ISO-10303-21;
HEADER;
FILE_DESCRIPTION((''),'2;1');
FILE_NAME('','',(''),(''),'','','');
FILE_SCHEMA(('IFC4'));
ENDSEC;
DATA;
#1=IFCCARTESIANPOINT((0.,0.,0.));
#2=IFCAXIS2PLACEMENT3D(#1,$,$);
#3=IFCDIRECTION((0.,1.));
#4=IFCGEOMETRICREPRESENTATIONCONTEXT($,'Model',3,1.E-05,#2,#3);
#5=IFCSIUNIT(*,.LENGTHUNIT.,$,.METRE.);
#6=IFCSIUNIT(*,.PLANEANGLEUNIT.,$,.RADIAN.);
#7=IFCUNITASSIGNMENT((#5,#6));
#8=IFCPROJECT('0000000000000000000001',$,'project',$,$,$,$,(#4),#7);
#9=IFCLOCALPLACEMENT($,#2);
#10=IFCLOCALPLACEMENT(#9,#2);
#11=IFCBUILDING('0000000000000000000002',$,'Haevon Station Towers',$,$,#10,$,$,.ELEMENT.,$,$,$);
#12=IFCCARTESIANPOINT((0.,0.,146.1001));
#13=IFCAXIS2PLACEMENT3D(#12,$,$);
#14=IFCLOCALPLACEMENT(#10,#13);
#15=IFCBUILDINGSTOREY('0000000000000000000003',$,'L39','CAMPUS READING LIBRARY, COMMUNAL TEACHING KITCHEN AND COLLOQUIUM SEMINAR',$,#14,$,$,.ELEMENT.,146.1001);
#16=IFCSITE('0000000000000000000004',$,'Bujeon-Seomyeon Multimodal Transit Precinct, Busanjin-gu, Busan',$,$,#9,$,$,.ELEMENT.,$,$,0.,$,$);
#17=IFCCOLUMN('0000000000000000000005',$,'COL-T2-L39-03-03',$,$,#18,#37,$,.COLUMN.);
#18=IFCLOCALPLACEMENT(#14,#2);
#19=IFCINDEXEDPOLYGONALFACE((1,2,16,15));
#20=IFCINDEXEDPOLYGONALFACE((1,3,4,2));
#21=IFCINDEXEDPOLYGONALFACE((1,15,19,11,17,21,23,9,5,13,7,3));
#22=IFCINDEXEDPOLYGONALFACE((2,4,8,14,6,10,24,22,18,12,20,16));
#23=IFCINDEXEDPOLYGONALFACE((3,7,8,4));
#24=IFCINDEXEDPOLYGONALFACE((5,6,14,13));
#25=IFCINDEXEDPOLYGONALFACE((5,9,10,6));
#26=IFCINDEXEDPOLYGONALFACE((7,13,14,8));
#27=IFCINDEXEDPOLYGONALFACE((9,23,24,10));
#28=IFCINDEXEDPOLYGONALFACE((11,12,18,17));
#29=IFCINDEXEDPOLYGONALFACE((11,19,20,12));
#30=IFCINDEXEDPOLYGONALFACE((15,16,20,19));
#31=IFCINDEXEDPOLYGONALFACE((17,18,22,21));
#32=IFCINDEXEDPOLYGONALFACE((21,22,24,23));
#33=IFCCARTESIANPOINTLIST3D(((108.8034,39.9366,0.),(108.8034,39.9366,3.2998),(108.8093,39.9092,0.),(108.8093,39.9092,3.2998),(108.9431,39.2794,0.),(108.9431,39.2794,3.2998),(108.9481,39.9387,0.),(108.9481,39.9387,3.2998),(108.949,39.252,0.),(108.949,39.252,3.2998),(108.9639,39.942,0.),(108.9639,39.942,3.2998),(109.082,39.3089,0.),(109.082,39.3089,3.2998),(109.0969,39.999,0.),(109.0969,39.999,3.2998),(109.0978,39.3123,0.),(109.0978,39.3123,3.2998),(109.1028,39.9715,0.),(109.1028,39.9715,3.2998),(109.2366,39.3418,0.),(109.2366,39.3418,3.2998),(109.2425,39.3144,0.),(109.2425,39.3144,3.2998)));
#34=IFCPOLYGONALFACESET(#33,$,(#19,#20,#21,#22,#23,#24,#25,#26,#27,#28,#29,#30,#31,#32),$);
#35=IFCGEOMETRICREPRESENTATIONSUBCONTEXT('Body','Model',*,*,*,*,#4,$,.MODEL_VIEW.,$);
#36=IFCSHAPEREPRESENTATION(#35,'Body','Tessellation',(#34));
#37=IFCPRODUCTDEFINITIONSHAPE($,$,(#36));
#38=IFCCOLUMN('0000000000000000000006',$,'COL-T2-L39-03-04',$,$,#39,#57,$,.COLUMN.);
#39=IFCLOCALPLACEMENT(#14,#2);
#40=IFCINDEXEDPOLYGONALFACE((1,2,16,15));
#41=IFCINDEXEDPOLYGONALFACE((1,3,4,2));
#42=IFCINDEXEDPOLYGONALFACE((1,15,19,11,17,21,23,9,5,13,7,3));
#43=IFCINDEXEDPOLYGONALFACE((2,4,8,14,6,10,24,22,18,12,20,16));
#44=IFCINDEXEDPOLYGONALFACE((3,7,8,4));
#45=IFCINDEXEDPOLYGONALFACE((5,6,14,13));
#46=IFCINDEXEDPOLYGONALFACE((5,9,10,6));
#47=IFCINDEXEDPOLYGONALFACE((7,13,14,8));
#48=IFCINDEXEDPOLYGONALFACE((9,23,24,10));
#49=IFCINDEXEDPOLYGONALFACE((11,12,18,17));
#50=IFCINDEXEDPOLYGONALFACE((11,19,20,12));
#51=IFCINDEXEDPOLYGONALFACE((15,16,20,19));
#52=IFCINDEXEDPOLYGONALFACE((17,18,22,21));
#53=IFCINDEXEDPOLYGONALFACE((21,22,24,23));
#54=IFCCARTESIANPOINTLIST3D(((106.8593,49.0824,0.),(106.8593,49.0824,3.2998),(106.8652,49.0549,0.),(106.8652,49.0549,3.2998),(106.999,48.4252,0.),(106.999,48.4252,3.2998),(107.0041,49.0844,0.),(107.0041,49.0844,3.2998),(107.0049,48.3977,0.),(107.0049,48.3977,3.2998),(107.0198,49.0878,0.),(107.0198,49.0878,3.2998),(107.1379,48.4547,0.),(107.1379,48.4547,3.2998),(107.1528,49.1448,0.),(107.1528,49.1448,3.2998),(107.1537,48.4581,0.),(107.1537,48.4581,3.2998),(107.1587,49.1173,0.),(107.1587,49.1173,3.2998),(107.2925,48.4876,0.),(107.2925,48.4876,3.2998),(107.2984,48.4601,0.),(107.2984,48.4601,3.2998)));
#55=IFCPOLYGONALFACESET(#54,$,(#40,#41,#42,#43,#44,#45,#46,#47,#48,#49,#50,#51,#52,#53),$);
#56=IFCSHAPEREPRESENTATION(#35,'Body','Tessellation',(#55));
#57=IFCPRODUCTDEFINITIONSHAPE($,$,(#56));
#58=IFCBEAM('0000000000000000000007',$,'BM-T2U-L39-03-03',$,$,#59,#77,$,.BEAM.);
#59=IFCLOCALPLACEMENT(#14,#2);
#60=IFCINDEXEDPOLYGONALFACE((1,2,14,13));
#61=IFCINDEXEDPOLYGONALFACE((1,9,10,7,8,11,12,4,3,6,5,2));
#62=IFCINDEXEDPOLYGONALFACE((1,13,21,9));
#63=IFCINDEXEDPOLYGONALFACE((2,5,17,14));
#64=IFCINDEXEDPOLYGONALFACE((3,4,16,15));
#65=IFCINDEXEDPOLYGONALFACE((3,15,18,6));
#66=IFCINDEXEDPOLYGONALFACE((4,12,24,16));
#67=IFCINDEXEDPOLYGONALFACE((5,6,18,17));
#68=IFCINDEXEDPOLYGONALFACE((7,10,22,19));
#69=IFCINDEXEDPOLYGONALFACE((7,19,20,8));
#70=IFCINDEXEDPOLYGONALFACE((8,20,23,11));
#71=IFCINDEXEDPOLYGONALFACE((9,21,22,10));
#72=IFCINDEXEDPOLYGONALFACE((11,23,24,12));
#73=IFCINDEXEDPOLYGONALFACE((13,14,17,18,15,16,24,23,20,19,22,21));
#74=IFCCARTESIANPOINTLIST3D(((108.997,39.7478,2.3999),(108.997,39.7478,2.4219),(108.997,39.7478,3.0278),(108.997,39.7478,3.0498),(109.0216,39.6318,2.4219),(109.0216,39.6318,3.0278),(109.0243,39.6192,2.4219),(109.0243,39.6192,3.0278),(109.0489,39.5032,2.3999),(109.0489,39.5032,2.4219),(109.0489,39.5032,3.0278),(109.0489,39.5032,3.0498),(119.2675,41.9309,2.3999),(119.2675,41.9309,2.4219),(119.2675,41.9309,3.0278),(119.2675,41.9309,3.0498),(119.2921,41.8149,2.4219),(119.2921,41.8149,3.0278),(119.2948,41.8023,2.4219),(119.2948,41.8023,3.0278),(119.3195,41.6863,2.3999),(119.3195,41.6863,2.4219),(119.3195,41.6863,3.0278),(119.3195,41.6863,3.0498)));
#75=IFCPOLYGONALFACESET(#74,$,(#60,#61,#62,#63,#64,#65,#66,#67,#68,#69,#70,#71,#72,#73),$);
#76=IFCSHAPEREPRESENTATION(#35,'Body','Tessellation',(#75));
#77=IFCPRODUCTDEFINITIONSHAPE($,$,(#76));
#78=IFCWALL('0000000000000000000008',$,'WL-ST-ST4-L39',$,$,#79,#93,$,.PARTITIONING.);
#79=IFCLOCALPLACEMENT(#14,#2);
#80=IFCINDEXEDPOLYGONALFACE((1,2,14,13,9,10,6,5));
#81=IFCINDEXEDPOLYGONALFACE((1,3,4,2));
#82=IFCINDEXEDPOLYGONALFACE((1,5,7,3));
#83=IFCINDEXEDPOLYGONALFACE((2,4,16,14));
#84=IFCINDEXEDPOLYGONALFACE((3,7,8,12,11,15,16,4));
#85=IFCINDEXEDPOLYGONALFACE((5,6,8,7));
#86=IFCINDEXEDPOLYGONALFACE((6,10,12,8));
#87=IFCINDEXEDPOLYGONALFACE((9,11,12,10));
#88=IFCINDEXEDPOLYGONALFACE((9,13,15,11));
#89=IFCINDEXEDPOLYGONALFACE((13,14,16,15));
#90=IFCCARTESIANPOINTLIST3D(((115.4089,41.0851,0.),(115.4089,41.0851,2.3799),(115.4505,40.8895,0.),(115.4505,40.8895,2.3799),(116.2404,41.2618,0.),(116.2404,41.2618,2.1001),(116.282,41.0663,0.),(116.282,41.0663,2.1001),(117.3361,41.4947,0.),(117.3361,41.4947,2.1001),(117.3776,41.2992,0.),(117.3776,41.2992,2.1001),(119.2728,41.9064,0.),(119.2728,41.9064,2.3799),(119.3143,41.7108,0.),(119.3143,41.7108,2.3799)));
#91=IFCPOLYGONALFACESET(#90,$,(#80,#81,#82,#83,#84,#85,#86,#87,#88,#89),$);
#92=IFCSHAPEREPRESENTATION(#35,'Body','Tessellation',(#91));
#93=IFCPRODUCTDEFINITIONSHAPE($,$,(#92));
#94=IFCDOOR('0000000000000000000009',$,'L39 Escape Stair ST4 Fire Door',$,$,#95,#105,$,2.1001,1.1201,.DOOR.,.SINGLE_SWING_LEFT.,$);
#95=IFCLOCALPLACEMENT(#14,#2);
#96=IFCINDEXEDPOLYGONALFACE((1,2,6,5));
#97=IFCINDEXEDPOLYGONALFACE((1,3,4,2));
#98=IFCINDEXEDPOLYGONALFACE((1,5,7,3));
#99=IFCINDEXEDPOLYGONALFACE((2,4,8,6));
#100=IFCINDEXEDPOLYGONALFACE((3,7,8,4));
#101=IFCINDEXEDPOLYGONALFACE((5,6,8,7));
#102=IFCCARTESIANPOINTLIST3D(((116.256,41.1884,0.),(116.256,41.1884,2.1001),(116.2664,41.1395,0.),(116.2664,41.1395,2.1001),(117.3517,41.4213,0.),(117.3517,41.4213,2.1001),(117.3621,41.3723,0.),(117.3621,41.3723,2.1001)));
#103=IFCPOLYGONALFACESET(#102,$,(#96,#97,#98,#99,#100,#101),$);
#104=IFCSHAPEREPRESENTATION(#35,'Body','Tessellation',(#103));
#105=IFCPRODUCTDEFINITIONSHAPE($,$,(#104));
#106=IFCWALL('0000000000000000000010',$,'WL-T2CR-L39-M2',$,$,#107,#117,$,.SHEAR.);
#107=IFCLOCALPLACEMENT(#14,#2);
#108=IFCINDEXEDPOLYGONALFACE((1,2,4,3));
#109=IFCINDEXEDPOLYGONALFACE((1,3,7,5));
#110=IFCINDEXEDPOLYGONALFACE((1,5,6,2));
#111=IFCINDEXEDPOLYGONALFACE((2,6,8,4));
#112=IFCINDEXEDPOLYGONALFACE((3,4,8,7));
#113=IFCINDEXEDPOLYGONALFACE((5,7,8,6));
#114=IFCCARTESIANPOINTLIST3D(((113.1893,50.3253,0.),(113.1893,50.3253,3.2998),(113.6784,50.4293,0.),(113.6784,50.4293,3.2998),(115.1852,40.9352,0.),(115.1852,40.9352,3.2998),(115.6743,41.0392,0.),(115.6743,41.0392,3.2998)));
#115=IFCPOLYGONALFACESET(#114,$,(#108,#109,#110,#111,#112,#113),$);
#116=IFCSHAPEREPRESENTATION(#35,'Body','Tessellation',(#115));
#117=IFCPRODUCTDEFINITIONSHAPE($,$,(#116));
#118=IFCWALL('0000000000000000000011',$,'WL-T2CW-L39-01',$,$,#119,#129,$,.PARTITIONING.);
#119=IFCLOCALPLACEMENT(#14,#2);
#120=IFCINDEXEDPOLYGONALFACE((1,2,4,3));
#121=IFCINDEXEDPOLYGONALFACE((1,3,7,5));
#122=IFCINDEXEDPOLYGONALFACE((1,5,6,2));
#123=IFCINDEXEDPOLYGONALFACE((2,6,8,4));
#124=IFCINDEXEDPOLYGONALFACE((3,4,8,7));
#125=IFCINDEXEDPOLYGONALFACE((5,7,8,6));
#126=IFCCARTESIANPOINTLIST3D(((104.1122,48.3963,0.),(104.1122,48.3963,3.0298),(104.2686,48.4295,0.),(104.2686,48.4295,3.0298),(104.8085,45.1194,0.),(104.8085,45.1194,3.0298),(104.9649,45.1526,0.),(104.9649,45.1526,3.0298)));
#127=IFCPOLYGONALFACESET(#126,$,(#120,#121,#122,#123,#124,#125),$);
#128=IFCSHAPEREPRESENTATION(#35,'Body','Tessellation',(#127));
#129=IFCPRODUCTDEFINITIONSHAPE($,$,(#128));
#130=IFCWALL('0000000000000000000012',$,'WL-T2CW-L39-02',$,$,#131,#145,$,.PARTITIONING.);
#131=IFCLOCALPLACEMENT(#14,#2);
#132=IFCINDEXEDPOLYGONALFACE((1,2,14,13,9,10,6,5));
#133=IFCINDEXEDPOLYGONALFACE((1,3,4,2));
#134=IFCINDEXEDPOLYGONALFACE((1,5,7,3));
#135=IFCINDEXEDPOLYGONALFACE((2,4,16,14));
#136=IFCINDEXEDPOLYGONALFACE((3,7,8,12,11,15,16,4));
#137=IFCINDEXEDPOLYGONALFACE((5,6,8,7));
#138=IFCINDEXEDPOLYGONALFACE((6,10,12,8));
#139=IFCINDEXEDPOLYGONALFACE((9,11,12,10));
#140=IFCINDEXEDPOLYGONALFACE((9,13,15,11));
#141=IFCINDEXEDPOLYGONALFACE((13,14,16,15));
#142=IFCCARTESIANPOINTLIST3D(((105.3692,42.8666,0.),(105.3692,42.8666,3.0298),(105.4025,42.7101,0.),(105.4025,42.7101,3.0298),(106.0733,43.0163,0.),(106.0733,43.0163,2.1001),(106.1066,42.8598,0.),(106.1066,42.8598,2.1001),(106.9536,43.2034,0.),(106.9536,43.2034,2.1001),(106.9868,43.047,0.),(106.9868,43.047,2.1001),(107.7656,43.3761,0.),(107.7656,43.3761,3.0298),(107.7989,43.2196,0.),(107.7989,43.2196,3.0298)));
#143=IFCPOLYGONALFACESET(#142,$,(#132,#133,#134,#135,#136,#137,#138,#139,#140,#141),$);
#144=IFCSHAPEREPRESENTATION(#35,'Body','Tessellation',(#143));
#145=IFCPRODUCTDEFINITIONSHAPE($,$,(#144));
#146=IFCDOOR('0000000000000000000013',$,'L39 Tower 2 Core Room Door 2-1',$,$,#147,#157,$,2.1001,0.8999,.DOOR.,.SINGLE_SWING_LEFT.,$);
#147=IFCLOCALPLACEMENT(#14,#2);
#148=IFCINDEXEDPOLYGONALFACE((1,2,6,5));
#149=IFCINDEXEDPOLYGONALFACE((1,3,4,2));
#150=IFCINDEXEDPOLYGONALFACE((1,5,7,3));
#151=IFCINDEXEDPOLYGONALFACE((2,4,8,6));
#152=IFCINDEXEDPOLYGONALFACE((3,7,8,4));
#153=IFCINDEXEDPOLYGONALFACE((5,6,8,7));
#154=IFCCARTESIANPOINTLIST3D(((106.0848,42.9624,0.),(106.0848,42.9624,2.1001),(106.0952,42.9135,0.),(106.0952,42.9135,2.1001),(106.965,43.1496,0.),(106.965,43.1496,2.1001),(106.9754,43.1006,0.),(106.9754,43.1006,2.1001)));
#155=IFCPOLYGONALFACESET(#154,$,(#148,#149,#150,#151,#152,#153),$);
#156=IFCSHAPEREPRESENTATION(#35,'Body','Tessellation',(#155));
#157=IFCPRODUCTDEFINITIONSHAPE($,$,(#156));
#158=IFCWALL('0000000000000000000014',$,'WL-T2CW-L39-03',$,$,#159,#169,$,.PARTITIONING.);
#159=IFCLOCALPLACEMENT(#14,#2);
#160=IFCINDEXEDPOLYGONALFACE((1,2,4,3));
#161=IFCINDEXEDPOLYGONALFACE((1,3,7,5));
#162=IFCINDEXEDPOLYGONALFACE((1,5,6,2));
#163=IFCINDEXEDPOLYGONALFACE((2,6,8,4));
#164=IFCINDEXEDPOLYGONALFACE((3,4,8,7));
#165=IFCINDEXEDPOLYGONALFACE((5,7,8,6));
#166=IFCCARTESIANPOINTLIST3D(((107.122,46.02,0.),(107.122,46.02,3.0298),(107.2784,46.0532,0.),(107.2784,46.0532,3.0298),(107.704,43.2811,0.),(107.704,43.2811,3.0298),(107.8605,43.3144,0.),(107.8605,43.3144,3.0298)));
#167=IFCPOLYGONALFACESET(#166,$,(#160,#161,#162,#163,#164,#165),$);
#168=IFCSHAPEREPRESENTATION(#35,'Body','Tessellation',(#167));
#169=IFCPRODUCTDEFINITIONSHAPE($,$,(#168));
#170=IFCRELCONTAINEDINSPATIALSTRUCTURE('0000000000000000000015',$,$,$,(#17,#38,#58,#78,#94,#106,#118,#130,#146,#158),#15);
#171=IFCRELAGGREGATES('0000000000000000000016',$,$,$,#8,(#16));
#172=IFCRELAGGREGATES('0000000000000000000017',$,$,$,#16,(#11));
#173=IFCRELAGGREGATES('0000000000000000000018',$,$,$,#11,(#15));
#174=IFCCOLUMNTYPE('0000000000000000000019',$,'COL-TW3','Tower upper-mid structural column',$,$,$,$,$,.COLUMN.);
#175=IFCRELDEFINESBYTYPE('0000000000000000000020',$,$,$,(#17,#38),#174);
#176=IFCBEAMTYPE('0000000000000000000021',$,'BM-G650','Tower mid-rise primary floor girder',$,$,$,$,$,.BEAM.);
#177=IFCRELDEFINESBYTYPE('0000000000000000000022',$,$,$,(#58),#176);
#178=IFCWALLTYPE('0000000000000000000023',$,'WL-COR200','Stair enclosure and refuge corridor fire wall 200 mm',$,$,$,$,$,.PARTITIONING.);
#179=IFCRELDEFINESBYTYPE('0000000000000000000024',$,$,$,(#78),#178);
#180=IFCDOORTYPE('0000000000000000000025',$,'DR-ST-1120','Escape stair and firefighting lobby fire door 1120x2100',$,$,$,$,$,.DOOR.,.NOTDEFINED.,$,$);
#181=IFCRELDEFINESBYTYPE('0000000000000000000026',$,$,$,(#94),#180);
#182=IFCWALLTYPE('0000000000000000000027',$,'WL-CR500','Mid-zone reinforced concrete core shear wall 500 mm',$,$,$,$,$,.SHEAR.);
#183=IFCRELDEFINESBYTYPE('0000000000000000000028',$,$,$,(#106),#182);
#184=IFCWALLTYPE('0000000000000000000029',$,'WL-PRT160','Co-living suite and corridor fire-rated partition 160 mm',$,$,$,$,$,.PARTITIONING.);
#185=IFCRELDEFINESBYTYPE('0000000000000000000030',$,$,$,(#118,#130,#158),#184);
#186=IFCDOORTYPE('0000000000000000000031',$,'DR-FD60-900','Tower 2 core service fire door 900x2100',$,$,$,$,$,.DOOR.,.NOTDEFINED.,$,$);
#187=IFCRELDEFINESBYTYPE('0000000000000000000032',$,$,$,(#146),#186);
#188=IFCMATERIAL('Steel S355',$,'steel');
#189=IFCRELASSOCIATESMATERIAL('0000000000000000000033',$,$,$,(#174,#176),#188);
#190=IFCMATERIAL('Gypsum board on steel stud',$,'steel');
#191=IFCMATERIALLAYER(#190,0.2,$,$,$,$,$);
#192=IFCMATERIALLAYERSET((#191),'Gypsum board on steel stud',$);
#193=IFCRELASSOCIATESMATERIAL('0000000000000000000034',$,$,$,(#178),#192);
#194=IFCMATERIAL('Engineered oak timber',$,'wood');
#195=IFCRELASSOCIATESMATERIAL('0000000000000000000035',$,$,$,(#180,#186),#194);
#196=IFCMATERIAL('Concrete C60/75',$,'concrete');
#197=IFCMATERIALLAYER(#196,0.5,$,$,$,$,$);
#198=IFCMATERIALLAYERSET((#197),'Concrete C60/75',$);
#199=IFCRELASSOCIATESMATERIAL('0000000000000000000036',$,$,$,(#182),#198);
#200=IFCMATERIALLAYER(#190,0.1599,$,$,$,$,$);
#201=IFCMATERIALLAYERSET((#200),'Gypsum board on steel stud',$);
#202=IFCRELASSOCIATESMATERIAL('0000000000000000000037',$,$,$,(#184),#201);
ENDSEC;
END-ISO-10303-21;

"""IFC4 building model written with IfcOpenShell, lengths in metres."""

from ifc_helpers import new_model, si_unit, direction, frame, frame_2d, origin, origin_2d, place, context, subcontext, project, spatial, rectangle, i_section, extrude, material, layer, layer_set, material_profile, profile_set, type_object, element, fill, save


model = new_model("IFC4")

# Units and contexts
model_context = context("Model", 3, precision=1e-05, world=origin(), true_north=direction((0.0, 1.0)))
body_context = subcontext(model_context, "Body", "Model", "MODEL_VIEW")
ifc_project = project(units=[si_unit("LENGTHUNIT", "METRE"), si_unit("PLANEANGLEUNIT", "RADIAN")], contexts=[model_context])

# Site, building, storey
site_placement = place(None, origin())
site = spatial("IfcSite", under=ifc_project, at=site_placement, Name="Bujeon-Seomyeon Multimodal Transit Precinct, Busanjin-gu, Busan", CompositionType="ELEMENT", RefElevation=0.0)
building_placement = place(site_placement, origin())
building = spatial("IfcBuilding", under=site, at=building_placement, Name="Haevon Station Towers", CompositionType="ELEMENT")
storey_placement = place(building_placement, frame((0.0, 0.0, 146.1001)))
storey = spatial("IfcBuildingStorey", under=building, at=storey_placement, Name="L39", Description="CAMPUS READING LIBRARY, COMMUNAL TEACHING KITCHEN AND COLLOQUIUM SEMINAR", CompositionType="ELEMENT", Elevation=146.1001)

# Columns
ifc_material_1 = material(Name="Steel S355", Category="steel")
ifc_material_profile_1 = material_profile(ifc_material_1, i_section(OverallWidth=0.3, OverallDepth=0.7, WebThickness=0.0161, FlangeThickness=0.0281, at=origin_2d()), Name="H-700x300x16x28")
ifc_profile_set_1 = profile_set([ifc_material_profile_1], Name="Steel S355")
column_type = type_object("IfcColumnType", Name="COL-TW3", Description="Tower upper-mid structural column", PredefinedType="COLUMN", material=ifc_profile_set_1)
for number, where, z_axis, x_axis, name in (
    (1, (109.0229, 39.6255, 0.0), (0.0, 0.0, 1.0), (0.978148, 0.207912, 0.0), "COL-T2-L39-03-03"),
    (2, (107.0789, 48.7712, 0.0), (0.0, 0.0, 1.0), (0.978148, 0.207912, 0.0), "COL-T2-L39-03-04"),
):
    element("IfcColumn", number, at=place(storey_placement, frame(where, z_axis=z_axis, x_axis=x_axis)), inside=storey, type_object=column_type, Name=name, PredefinedType="COLUMN", context=body_context, shape_type="SweptSolid", body=[
        extrude(i_section(OverallWidth=0.3, OverallDepth=0.7, WebThickness=0.0161, FlangeThickness=0.0281, at=origin_2d()), origin(), (0.0, 0.0, 1.0), 3.2998),
    ])

# Beam
ifc_material_profile_2 = material_profile(ifc_material_1, i_section(OverallWidth=0.25, OverallDepth=0.6499, WebThickness=0.0129, FlangeThickness=0.022, at=origin_2d()), Name="H-650x250x13x22")
ifc_profile_set_2 = profile_set([ifc_material_profile_2], Name="Steel S355")
beam_type = type_object("IfcBeamType", Name="BM-G650", Description="Tower mid-rise primary floor girder", PredefinedType="BEAM", material=ifc_profile_set_2)
beam_placement = place(storey_placement, frame((109.0229, 39.6255, 2.7249), z_axis=(0.978147, 0.207915, 0.0), x_axis=(-0.207915, 0.978147, 0.0)))
element("IfcBeam", 3, at=beam_placement, inside=storey, type_object=beam_type, Name="BM-T2U-L39-03-03", PredefinedType="BEAM", context=body_context, shape_type="SweptSolid", body=[
    extrude(i_section(OverallWidth=0.25, OverallDepth=0.6499, WebThickness=0.0129, FlangeThickness=0.022, at=origin_2d()), origin(), (0.0, 0.0, 1.0), 10.5),
])

# Wall, opening, door
ifc_material_2 = material(Name="Gypsum board on steel stud", Category="steel")
ifc_layer_1 = layer(ifc_material_2, 0.2)
ifc_layer_set_1 = layer_set([ifc_layer_1], Name="Gypsum board on steel stud")
wall_type_1 = type_object("IfcWallType", Name="WL-COR200", Description="Stair enclosure and refuge corridor fire wall 200 mm", PredefinedType="PARTITIONING", material=ifc_layer_set_1)
wall_1_placement = place(storey_placement, frame((115.4297, 40.9873, 0.0), z_axis=(0.0, 0.0, 1.0), x_axis=(0.978147, 0.207916, 0.0)))
wall_1 = element("IfcWall", 4, at=wall_1_placement, inside=storey, type_object=wall_type_1, Name="WL-ST-ST4-L39", PredefinedType="PARTITIONING", context=body_context, shape_type="SweptSolid", body=[
    extrude(rectangle(XDim=3.9502, YDim=0.2, at=frame_2d((1.9751, 0.0))), origin(), (0.0, 0.0, 1.0), 2.3799),
])
opening_1_placement = place(wall_1_placement, frame((0.8501, 0.0, 0.0)))
opening_1 = element("IfcOpeningElement", 5, at=opening_1_placement, cuts=wall_1, PredefinedType="OPENING", context=body_context, shape_type="SweptSolid", body=[
    extrude(rectangle(XDim=1.1201, YDim=2.1001, at=frame_2d((0.5601, 1.05))), frame((0.0, 0.1099, 0.0), z_axis=(0.0, -1.0, 0.0), x_axis=(1.0, 0.0, 0.0)), (0.0, 0.0, 1.0), 0.22),
])
ifc_material_3 = material(Name="Engineered oak timber", Category="wood")
door_type_1 = type_object("IfcDoorType", Name="DR-ST-1120", Description="Escape stair and firefighting lobby fire door 1120x2100", OperationType="NOTDEFINED", PredefinedType="DOOR", material=ifc_material_3)
door_1_placement = place(opening_1_placement, origin())
door_1 = element("IfcDoor", 6, at=door_1_placement, inside=storey, type_object=door_type_1, Name="L39 Escape Stair ST4 Fire Door", OperationType="SINGLE_SWING_LEFT", OverallHeight=2.1001, OverallWidth=1.1201, PredefinedType="DOOR", context=body_context, shape_type="SweptSolid", body=[
    extrude(rectangle(XDim=1.1201, YDim=2.1001, at=frame_2d((0.5601, 1.05))), frame((0.0, 0.0249, 0.0), z_axis=(0.0, -1.0, 0.0), x_axis=(1.0, 0.0, 0.0)), (0.0, 0.0, 1.0), 0.05),
])
fill(opening_1, door_1)

# Walls
ifc_material_4 = material(Name="Concrete C60/75", Category="concrete")
ifc_layer_2 = layer(ifc_material_4, 0.5)
ifc_layer_set_2 = layer_set([ifc_layer_2], Name="Concrete C60/75")
wall_type_2 = type_object("IfcWallType", Name="WL-CR500", Description="Mid-zone reinforced concrete core shear wall 500 mm", PredefinedType="SHEAR", material=ifc_layer_set_2)
wall_2_placement = place(storey_placement, frame((115.4297, 40.9873, 0.0), z_axis=(0.0, 0.0, 1.0), x_axis=(-0.207903, 0.978149, 0.0)))
element("IfcWall", 7, at=wall_2_placement, inside=storey, type_object=wall_type_2, Name="WL-T2CR-L39-M2", PredefinedType="SHEAR", context=body_context, shape_type="SweptSolid", body=[
    extrude(rectangle(XDim=9.5999, YDim=0.5, at=frame_2d((4.7998, 0.0))), origin(), (0.0, 0.0, 1.0), 3.2998),
])
ifc_layer_3 = layer(ifc_material_2, 0.1599)
ifc_layer_set_3 = layer_set([ifc_layer_3], Name="Gypsum board on steel stud")
wall_type_3 = type_object("IfcWallType", Name="WL-PRT160", Description="Co-living suite and corridor fire-rated partition 160 mm", PredefinedType="PARTITIONING", material=ifc_layer_set_3)
wall_3_placement = place(storey_placement, frame((104.8867, 45.136, 0.0), z_axis=(0.0, 0.0, 1.0), x_axis=(-0.207847, 0.978161, 0.0)))
element("IfcWall", 8, at=wall_3_placement, inside=storey, type_object=wall_type_3, Name="WL-T2CW-L39-01", PredefinedType="PARTITIONING", context=body_context, shape_type="SweptSolid", body=[
    extrude(rectangle(XDim=3.3501, YDim=0.1599, at=frame_2d((1.675, 0.0))), origin(), (0.0, 0.0, 1.0), 3.0298),
])

# Wall, opening, door
wall_4_placement = place(storey_placement, frame((105.3857, 42.7883, 0.0), z_axis=(0.0, 0.0, 1.0), x_axis=(0.978137, 0.207964, 0.0)))
wall_4 = element("IfcWall", 9, at=wall_4_placement, inside=storey, type_object=wall_type_3, Name="WL-T2CW-L39-02", PredefinedType="PARTITIONING", context=body_context, shape_type="SweptSolid", body=[
    extrude(rectangle(XDim=2.45, YDim=0.1599, at=frame_2d((1.2251, 0.0))), origin(), (0.0, 0.0, 1.0), 3.0298),
])
opening_2_placement = place(wall_4_placement, frame((0.72, 0.0, 0.0)))
opening_2 = element("IfcOpeningElement", 10, at=opening_2_placement, cuts=wall_4, PredefinedType="OPENING", context=body_context, shape_type="SweptSolid", body=[
    extrude(rectangle(XDim=0.8999, YDim=2.1001, at=frame_2d((0.45, 1.05))), frame((0.0, 0.0898, 0.0), z_axis=(0.0, -1.0, 0.0), x_axis=(1.0, 0.0, 0.0)), (0.0, 0.0, 1.0), 0.1799),
])
door_type_2 = type_object("IfcDoorType", Name="DR-FD60-900", Description="Tower 2 core service fire door 900x2100", OperationType="NOTDEFINED", PredefinedType="DOOR", material=ifc_material_3)
door_2_placement = place(opening_2_placement, origin())
door_2 = element("IfcDoor", 11, at=door_2_placement, inside=storey, type_object=door_type_2, Name="L39 Tower 2 Core Room Door 2-1", OperationType="SINGLE_SWING_LEFT", OverallHeight=2.1001, OverallWidth=0.8999, PredefinedType="DOOR", context=body_context, shape_type="SweptSolid", body=[
    extrude(rectangle(XDim=0.8999, YDim=2.1001, at=frame_2d((0.45, 1.05))), frame((0.0, 0.0249, 0.0), z_axis=(0.0, -1.0, 0.0), x_axis=(1.0, 0.0, 0.0)), (0.0, 0.0, 1.0), 0.05),
])
fill(opening_2, door_2)

# Wall
wall_5_placement = place(storey_placement, frame((107.7822, 43.2979, 0.0), z_axis=(0.0, 0.0, 1.0), x_axis=(-0.207873, 0.978156, 0.0)))
element("IfcWall", 12, at=wall_5_placement, inside=storey, type_object=wall_type_3, Name="WL-T2CW-L39-03", PredefinedType="PARTITIONING", context=body_context, shape_type="SweptSolid", body=[
    extrude(rectangle(XDim=2.8, YDim=0.1599, at=frame_2d((1.3999, 0.0))), origin(), (0.0, 0.0, 1.0), 3.0298),
])

save(model, "model.ifc")
